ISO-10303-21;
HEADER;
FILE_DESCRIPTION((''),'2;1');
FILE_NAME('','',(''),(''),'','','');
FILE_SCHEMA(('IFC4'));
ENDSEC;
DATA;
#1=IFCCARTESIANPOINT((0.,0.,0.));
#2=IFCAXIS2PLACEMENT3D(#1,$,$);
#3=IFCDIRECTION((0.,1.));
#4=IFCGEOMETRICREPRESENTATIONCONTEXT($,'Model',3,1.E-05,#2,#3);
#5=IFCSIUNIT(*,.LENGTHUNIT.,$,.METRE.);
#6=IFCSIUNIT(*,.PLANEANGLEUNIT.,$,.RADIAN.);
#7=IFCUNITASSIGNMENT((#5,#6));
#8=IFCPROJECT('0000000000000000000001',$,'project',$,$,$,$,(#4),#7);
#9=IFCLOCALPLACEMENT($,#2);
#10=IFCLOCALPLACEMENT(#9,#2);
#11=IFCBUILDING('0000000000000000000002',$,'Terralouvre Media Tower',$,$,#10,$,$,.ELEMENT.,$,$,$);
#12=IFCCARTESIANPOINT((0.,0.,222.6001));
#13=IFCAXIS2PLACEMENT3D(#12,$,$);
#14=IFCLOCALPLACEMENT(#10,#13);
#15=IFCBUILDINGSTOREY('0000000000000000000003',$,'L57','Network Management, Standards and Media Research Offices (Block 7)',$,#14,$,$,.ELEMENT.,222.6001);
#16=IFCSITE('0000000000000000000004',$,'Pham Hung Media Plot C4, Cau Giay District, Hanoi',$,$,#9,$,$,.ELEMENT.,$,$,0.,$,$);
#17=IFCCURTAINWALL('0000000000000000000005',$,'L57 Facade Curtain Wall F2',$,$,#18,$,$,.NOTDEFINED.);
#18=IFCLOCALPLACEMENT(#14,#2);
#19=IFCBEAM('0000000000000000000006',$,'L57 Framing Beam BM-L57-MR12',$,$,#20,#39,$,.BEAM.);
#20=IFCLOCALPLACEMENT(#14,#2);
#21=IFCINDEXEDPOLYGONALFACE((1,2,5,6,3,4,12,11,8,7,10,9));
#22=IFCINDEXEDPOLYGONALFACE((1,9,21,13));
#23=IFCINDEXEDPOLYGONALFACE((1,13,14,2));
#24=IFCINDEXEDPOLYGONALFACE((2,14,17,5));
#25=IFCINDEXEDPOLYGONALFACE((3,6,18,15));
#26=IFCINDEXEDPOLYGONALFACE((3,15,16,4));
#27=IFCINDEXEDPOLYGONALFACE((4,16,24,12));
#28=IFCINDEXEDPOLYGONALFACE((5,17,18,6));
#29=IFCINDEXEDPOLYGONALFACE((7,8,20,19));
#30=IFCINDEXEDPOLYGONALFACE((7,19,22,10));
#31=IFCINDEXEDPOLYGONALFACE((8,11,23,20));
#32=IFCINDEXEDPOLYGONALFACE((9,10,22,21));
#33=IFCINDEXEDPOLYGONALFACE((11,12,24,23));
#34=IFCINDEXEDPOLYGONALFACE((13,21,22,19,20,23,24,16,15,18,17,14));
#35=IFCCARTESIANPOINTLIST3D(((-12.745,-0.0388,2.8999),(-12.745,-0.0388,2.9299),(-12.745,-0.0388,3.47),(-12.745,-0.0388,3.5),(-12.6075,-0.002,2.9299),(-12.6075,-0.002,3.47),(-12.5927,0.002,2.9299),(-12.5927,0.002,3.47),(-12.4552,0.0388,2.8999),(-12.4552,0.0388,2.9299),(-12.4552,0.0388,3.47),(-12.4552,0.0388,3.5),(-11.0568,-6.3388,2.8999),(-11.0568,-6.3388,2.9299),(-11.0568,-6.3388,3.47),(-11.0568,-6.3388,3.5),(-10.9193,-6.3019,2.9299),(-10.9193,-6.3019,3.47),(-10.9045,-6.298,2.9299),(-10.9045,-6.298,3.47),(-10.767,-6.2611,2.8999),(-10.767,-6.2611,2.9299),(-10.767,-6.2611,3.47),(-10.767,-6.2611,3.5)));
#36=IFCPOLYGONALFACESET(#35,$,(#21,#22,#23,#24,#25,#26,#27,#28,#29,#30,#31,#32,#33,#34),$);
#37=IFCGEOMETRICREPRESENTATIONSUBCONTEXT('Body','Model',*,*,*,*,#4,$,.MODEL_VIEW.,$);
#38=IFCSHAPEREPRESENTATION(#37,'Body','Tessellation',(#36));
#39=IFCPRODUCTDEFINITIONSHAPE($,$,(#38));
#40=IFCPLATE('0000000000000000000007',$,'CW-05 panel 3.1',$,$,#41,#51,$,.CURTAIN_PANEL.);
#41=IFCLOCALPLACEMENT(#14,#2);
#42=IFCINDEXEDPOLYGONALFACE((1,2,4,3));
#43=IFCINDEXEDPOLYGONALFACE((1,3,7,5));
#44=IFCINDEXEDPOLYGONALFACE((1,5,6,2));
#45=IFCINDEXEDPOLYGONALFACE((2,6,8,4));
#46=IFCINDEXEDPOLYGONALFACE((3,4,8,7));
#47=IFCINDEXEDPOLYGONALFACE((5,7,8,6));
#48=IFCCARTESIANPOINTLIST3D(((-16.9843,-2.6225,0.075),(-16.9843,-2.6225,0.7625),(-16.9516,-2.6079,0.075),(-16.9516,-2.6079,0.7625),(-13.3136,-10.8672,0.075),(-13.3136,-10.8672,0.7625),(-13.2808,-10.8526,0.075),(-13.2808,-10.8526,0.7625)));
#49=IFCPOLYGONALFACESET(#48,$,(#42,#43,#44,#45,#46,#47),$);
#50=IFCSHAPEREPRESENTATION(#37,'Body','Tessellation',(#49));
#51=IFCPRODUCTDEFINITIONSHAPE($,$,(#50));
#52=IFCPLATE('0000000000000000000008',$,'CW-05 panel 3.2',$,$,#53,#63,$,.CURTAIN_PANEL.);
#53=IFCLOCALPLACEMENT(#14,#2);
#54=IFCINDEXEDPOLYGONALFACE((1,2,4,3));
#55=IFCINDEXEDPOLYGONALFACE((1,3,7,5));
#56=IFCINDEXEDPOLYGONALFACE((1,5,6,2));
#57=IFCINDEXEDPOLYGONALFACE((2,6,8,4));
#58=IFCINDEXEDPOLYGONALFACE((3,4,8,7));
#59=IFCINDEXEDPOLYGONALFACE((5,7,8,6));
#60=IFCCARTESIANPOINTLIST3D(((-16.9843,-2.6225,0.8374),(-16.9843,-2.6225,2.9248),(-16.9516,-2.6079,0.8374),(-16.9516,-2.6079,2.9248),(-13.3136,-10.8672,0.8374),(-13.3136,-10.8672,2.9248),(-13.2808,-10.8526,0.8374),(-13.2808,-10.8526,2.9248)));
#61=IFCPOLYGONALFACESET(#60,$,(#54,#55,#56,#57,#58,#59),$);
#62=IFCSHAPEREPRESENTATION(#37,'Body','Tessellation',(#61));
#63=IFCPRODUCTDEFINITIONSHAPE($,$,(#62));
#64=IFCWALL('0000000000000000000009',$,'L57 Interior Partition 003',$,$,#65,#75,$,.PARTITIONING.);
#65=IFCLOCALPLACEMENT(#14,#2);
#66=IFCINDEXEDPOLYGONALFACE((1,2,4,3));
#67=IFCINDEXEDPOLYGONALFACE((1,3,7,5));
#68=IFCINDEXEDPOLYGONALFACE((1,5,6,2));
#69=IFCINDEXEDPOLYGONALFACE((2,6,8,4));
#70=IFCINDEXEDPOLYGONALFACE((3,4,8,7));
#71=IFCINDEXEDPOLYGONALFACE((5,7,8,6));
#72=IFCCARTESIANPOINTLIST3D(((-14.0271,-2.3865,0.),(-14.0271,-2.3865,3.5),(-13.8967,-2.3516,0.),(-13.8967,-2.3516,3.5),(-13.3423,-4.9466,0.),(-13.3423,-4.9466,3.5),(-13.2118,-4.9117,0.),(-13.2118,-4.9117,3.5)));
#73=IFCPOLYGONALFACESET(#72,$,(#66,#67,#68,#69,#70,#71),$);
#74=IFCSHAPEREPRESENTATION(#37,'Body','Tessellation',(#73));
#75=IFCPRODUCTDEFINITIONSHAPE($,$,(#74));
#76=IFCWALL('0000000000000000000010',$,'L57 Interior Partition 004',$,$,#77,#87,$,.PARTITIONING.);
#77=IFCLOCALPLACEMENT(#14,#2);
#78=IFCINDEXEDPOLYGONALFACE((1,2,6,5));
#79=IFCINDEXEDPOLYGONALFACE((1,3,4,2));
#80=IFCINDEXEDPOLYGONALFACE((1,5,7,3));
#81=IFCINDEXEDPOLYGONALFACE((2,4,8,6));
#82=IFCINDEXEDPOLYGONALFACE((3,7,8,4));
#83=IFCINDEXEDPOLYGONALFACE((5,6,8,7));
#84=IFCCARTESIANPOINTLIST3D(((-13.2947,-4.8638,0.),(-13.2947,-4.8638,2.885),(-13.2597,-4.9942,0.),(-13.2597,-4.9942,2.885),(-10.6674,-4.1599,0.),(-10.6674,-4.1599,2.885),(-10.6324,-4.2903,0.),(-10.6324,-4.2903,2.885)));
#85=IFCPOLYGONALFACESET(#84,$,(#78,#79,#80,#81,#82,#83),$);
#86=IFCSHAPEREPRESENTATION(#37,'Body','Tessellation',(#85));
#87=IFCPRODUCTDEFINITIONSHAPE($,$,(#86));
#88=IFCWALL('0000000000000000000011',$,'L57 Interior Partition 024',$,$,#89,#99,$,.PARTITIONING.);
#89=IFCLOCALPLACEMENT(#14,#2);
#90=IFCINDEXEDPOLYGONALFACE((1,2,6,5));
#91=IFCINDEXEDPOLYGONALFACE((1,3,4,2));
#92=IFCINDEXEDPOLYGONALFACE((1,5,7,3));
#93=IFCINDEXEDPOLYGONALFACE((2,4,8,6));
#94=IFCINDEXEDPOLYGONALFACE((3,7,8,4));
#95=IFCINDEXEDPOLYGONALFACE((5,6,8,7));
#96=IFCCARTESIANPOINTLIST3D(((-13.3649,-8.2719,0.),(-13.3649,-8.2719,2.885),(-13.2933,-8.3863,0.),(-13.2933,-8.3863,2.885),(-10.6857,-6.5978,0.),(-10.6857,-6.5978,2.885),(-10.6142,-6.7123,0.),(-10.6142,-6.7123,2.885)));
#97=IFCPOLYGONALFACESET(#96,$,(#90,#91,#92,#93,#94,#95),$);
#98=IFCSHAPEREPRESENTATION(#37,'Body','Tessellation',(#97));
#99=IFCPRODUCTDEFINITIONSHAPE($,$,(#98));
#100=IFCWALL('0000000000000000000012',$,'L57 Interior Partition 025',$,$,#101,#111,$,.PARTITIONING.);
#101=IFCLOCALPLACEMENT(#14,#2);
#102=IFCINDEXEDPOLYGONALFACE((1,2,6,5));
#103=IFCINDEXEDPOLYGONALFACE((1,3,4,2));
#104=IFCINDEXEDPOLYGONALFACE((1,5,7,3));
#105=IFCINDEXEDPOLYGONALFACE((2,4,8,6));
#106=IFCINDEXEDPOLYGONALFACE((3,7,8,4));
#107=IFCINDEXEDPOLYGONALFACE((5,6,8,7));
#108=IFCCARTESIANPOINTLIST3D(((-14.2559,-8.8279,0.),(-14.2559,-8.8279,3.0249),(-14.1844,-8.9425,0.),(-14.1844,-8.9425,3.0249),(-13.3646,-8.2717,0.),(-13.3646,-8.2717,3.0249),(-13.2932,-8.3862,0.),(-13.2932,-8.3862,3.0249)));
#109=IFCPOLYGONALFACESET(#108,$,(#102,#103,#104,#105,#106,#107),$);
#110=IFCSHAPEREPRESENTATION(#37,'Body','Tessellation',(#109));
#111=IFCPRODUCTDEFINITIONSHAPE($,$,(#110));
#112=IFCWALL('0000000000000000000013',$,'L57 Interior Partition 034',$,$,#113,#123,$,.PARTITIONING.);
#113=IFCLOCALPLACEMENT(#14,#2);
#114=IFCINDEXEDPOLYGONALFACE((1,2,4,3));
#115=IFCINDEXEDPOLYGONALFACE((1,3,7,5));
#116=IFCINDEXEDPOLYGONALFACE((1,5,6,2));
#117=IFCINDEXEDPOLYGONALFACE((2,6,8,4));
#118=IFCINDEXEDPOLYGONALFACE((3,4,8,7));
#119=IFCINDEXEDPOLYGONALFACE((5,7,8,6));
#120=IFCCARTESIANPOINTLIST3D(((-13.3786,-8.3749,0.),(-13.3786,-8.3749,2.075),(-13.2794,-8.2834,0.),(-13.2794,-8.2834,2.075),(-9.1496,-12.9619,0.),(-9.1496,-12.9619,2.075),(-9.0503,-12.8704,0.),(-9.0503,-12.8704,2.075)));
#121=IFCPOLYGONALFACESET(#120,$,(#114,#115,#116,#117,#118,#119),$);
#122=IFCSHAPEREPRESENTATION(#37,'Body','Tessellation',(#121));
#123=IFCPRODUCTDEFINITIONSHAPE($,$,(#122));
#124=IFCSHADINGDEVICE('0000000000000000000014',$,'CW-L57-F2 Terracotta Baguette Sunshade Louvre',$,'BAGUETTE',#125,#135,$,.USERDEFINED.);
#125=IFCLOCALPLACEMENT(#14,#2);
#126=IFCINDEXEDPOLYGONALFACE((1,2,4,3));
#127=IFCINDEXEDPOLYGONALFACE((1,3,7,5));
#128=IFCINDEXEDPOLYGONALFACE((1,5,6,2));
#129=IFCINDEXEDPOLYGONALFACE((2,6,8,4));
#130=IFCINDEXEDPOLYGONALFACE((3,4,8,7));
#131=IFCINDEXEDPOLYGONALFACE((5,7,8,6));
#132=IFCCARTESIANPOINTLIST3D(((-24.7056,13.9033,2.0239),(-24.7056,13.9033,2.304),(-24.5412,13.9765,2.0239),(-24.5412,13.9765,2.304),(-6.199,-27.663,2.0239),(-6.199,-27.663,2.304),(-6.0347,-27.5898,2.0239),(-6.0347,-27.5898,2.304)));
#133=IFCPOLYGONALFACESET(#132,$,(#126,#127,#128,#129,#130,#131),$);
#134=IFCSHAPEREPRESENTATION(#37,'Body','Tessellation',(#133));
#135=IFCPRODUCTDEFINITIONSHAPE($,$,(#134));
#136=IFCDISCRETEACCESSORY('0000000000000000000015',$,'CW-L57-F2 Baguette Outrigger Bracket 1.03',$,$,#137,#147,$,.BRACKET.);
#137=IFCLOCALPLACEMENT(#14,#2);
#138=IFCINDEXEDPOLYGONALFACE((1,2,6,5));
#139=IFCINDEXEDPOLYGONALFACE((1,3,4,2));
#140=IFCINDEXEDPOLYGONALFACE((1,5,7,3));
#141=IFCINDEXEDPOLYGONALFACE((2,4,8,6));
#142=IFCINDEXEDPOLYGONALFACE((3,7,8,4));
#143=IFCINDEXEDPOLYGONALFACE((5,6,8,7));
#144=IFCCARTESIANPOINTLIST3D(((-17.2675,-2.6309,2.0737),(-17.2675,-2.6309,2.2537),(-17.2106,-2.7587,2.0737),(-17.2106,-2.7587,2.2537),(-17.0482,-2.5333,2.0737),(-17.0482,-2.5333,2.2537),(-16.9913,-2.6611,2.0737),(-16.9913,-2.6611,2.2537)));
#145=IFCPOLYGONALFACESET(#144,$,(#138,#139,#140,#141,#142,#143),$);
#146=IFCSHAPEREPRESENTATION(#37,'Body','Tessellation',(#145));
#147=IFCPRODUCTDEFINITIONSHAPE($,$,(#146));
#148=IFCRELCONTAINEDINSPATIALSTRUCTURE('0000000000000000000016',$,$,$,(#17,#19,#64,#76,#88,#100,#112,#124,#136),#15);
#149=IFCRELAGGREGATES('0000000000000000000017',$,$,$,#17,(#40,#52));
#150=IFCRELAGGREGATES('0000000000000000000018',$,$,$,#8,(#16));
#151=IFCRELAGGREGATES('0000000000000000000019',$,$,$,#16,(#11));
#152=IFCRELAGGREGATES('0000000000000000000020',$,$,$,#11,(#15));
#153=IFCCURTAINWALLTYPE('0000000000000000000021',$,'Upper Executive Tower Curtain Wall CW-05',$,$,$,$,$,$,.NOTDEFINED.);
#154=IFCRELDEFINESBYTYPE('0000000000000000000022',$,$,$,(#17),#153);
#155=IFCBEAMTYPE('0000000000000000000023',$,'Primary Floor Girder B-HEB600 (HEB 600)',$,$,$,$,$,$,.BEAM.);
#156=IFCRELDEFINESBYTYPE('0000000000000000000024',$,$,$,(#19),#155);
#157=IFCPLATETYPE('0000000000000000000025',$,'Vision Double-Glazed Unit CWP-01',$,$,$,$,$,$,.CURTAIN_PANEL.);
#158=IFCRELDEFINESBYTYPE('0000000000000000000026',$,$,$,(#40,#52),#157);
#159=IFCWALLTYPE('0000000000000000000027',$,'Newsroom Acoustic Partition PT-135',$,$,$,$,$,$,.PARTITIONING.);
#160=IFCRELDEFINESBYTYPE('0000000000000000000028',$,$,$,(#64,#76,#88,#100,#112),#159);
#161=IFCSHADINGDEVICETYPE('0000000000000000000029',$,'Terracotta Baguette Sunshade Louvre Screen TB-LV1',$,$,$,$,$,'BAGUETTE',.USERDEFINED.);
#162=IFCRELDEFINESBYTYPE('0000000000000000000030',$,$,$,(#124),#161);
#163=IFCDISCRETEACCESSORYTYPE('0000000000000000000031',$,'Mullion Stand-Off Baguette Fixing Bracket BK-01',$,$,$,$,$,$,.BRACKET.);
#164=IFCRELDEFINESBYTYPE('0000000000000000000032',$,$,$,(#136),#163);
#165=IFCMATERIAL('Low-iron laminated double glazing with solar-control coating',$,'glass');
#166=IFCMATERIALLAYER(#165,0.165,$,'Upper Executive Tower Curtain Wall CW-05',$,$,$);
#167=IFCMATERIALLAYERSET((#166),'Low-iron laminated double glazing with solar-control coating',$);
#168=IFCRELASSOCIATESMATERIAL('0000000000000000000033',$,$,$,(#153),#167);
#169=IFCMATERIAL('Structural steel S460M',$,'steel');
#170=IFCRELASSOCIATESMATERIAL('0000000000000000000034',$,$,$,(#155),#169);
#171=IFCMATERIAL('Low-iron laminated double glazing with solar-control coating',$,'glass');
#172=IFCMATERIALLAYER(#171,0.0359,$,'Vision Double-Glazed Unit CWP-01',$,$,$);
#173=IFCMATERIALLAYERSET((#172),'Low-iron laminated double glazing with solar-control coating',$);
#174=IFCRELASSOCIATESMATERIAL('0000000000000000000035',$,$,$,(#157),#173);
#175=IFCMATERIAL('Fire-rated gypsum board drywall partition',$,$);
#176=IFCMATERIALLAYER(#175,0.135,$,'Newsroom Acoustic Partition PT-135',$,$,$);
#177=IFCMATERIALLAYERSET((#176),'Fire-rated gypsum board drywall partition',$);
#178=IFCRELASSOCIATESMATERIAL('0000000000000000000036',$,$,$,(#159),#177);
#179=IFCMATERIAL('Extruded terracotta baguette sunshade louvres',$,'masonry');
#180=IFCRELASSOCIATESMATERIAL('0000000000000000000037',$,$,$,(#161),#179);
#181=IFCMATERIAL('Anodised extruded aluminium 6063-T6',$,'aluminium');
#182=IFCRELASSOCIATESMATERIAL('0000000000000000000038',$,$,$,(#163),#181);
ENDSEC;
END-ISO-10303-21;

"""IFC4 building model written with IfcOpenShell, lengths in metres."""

from ifc_helpers import new_model, si_unit, direction, frame, frame_2d, origin, origin_2d, place, context, subcontext, project, spatial, rectangle, i_section, extrude, material, layer, layer_set, material_profile, profile_set, type_object, element, aggregate, save


model = new_model("IFC4")

# Units and contexts
model_context = context("Model", 3, precision=1e-05, world=origin(), true_north=direction((0.0, 1.0)))
body_context = subcontext(model_context, "Body", "Model", "MODEL_VIEW")
ifc_project = project(units=[si_unit("LENGTHUNIT", "METRE"), si_unit("PLANEANGLEUNIT", "RADIAN")], contexts=[model_context])

# Site, building, storey
site_placement = place(None, origin())
site = spatial("IfcSite", under=ifc_project, at=site_placement, Name="Pham Hung Media Plot C4, Cau Giay District, Hanoi", CompositionType="ELEMENT", RefElevation=0.0)
building_placement = place(site_placement, origin())
building = spatial("IfcBuilding", under=site, at=building_placement, Name="Terralouvre Media Tower", CompositionType="ELEMENT")
storey_placement = place(building_placement, frame((0.0, 0.0, 222.6001)))
storey = spatial("IfcBuildingStorey", under=building, at=storey_placement, Name="L57", Description="Network Management, Standards and Media Research Offices (Block 7)", CompositionType="ELEMENT", Elevation=222.6001)

# Curtain wall
ifc_material_1 = material(Name="Low-iron laminated double glazing with solar-control coating", Category="glass")
ifc_layer_1 = layer(ifc_material_1, 0.165, Name="Upper Executive Tower Curtain Wall CW-05")
ifc_layer_set_1 = layer_set([ifc_layer_1], Name="Low-iron laminated double glazing with solar-control coating")
curtain_wall_type = type_object("IfcCurtainWallType", Name="Upper Executive Tower Curtain Wall CW-05", PredefinedType="NOTDEFINED", material=ifc_layer_set_1)
curtain_wall_placement = place(storey_placement, origin())
curtain_wall = element("IfcCurtainWall", 1, at=curtain_wall_placement, inside=storey, type_object=curtain_wall_type, Name="L57 Facade Curtain Wall F2", PredefinedType="NOTDEFINED")

# Beam
ifc_material_2 = material(Name="Structural steel S460M", Category="steel")
ifc_material_profile_1 = material_profile(ifc_material_2, i_section(OverallWidth=0.3, OverallDepth=0.6001, WebThickness=0.0154, FlangeThickness=0.03, at=origin_2d()), Name="HEB 600")
ifc_profile_set_1 = profile_set([ifc_material_profile_1], Name="Structural steel S460M")
beam_type_1 = type_object("IfcBeamType", Name="Primary Floor Girder B-HEB600 (HEB 600)", PredefinedType="BEAM", material=ifc_profile_set_1)
beam_1_placement = place(storey_placement, frame((-12.6001, 0.0, 3.2), z_axis=(0.258839, -0.96592, 0.0), x_axis=(0.96592, 0.258839, 0.0)))
element("IfcBeam", 2, at=beam_1_placement, inside=storey, type_object=beam_type_1, Name="L57 Framing Beam BM-L57-MR12", PredefinedType="BEAM", context=body_context, shape_type="SweptSolid", body=[
    extrude(i_section(OverallWidth=0.3, OverallDepth=0.6001, WebThickness=0.0154, FlangeThickness=0.03, at=origin_2d()), origin(), (0.0, 0.0, 1.0), 6.5222),
])

# Plates
ifc_material_3 = material(Name="Low-iron laminated double glazing with solar-control coating", Category="glass")
ifc_layer_2 = layer(ifc_material_3, 0.0359, Name="Vision Double-Glazed Unit CWP-01")
ifc_layer_set_2 = layer_set([ifc_layer_2], Name="Low-iron laminated double glazing with solar-control coating")
plate_type = type_object("IfcPlateType", Name="Vision Double-Glazed Unit CWP-01", PredefinedType="CURTAIN_PANEL", material=ifc_layer_set_2)
plate_1_placement = place(storey_placement, frame((-15.1326, -6.7375, 0.075), z_axis=(0.0, 0.0, 1.0), x_axis=(0.406737, -0.913545, 0.0)))
plate_1 = element("IfcPlate", 3, at=plate_1_placement, type_object=plate_type, Name="CW-05 panel 3.1", PredefinedType="CURTAIN_PANEL", context=body_context, shape_type="SweptSolid", body=[
    extrude(rectangle(XDim=9.0249, YDim=0.0359, at=origin_2d()), origin(), (0.0, 0.0, 1.0), 0.6875),
])
plate_2_placement = place(storey_placement, frame((-15.1326, -6.7375, 0.8374), z_axis=(0.0, 0.0, 1.0), x_axis=(0.406737, -0.913545, 0.0)))
plate_2 = element("IfcPlate", 4, at=plate_2_placement, type_object=plate_type, Name="CW-05 panel 3.2", PredefinedType="CURTAIN_PANEL", context=body_context, shape_type="SweptSolid", body=[
    extrude(rectangle(XDim=9.0249, YDim=0.0359, at=origin_2d()), origin(), (0.0, 0.0, 1.0), 2.0874),
])
aggregate(curtain_wall, [plate_1, plate_2])

# Walls
ifc_material_4 = material(Name="Fire-rated gypsum board drywall partition")
ifc_layer_3 = layer(ifc_material_4, 0.135, Name="Newsroom Acoustic Partition PT-135")
ifc_layer_set_3 = layer_set([ifc_layer_3], Name="Fire-rated gypsum board drywall partition")
wall_type = type_object("IfcWallType", Name="Newsroom Acoustic Partition PT-135", PredefinedType="PARTITIONING", material=ifc_layer_set_3)
wall_1_placement = place(storey_placement, frame((-13.9619, -2.3689, 0.0), z_axis=(0.0, 0.0, 1.0), x_axis=(0.258414, -0.966034, 0.0)))
element("IfcWall", 5, at=wall_1_placement, inside=storey, type_object=wall_type, Name="L57 Interior Partition 003", PredefinedType="PARTITIONING", context=body_context, shape_type="SweptSolid", body=[
    extrude(rectangle(XDim=2.6501, YDim=0.135, at=frame_2d((1.3252, 0.0))), origin(), (0.0, 0.0, 1.0), 3.5),
])
wall_2_placement = place(storey_placement, frame((-13.2771, -4.929, 0.0), z_axis=(0.0, 0.0, 1.0), x_axis=(0.965935, 0.258785, 0.0)))
element("IfcWall", 6, at=wall_2_placement, inside=storey, type_object=wall_type, Name="L57 Interior Partition 004", PredefinedType="PARTITIONING", context=body_context, shape_type="SweptSolid", body=[
    extrude(rectangle(XDim=2.72, YDim=0.135, at=frame_2d((1.3599, 0.0))), origin(), (0.0, 0.0, 1.0), 2.885),
])
wall_3_placement = place(storey_placement, frame((-13.3291, -8.3291, 0.0), z_axis=(0.0, 0.0, 1.0), x_axis=(0.848059, 0.529902, 0.0)))
element("IfcWall", 7, at=wall_3_placement, inside=storey, type_object=wall_type, Name="L57 Interior Partition 024", PredefinedType="PARTITIONING", context=body_context, shape_type="SweptSolid", body=[
    extrude(rectangle(XDim=3.1592, YDim=0.135, at=frame_2d((1.5796, 0.0))), origin(), (0.0, 0.0, 1.0), 2.885),
])
wall_4_placement = place(storey_placement, frame((-14.2202, -8.8853, 0.0), z_axis=(0.0, 0.0, 1.0), x_axis=(0.848338, 0.529456, 0.0)))
element("IfcWall", 8, at=wall_4_placement, inside=storey, type_object=wall_type, Name="L57 Interior Partition 025", PredefinedType="PARTITIONING", context=body_context, shape_type="SweptSolid", body=[
    extrude(rectangle(XDim=1.0505, YDim=0.135, at=frame_2d((0.5254, 0.0))), origin(), (0.0, 0.0, 1.0), 3.0249),
])
wall_5_placement = place(storey_placement, frame((-13.3291, -8.3291, 0.0), z_axis=(0.0, 0.0, 1.0), x_axis=(0.677841, -0.735208, 0.0)))
element("IfcWall", 9, at=wall_5_placement, inside=storey, type_object=wall_type, Name="L57 Interior Partition 034", PredefinedType="PARTITIONING", context=body_context, shape_type="SweptSolid", body=[
    extrude(rectangle(XDim=6.239, YDim=0.135, at=frame_2d((3.1196, 0.0))), origin(), (0.0, 0.0, 1.0), 2.075),
])

# Shading device
ifc_material_5 = material(Name="Extruded terracotta baguette sunshade louvres", Category="masonry")
shading_device_type = type_object("IfcShadingDeviceType", Name="Terracotta Baguette Sunshade Louvre Screen TB-LV1", ElementType="BAGUETTE", PredefinedType="USERDEFINED", material=ifc_material_5)
shading_device_placement = place(storey_placement, frame((-15.3701, -6.8433, 2.0239), z_axis=(0.0, 0.0, 1.0), x_axis=(0.406737, -0.913545, 0.0)))
element("IfcShadingDevice", 10, at=shading_device_placement, inside=storey, type_object=shading_device_type, Name="CW-L57-F2 Terracotta Baguette Sunshade Louvre", ObjectType="BAGUETTE", PredefinedType="USERDEFINED", context=body_context, shape_type="SweptSolid", body=[
    extrude(rectangle(XDim=45.5, YDim=0.1799, at=origin_2d()), origin(), (0.0, 0.0, 1.0), 0.28),
])

# Discrete accessory
ifc_material_6 = material(Name="Anodised extruded aluminium 6063-T6", Category="aluminium")
discrete_accessory_type = type_object("IfcDiscreteAccessoryType", Name="Mullion Stand-Off Baguette Fixing Bracket BK-01", PredefinedType="BRACKET", material=ifc_material_6)
discrete_accessory_placement = place(storey_placement, frame((-17.1294, -2.646, 2.0737), z_axis=(0.0, 0.0, 1.0), x_axis=(0.406737, -0.913545, 0.0)))
element("IfcDiscreteAccessory", 11, at=discrete_accessory_placement, inside=storey, type_object=discrete_accessory_type, Name="CW-L57-F2 Baguette Outrigger Bracket 1.03", PredefinedType="BRACKET", context=body_context, shape_type="SweptSolid", body=[
    extrude(rectangle(XDim=0.1399, YDim=0.24, at=origin_2d()), origin(), (0.0, 0.0, 1.0), 0.1799),
])

save(model, "model.ifc")
